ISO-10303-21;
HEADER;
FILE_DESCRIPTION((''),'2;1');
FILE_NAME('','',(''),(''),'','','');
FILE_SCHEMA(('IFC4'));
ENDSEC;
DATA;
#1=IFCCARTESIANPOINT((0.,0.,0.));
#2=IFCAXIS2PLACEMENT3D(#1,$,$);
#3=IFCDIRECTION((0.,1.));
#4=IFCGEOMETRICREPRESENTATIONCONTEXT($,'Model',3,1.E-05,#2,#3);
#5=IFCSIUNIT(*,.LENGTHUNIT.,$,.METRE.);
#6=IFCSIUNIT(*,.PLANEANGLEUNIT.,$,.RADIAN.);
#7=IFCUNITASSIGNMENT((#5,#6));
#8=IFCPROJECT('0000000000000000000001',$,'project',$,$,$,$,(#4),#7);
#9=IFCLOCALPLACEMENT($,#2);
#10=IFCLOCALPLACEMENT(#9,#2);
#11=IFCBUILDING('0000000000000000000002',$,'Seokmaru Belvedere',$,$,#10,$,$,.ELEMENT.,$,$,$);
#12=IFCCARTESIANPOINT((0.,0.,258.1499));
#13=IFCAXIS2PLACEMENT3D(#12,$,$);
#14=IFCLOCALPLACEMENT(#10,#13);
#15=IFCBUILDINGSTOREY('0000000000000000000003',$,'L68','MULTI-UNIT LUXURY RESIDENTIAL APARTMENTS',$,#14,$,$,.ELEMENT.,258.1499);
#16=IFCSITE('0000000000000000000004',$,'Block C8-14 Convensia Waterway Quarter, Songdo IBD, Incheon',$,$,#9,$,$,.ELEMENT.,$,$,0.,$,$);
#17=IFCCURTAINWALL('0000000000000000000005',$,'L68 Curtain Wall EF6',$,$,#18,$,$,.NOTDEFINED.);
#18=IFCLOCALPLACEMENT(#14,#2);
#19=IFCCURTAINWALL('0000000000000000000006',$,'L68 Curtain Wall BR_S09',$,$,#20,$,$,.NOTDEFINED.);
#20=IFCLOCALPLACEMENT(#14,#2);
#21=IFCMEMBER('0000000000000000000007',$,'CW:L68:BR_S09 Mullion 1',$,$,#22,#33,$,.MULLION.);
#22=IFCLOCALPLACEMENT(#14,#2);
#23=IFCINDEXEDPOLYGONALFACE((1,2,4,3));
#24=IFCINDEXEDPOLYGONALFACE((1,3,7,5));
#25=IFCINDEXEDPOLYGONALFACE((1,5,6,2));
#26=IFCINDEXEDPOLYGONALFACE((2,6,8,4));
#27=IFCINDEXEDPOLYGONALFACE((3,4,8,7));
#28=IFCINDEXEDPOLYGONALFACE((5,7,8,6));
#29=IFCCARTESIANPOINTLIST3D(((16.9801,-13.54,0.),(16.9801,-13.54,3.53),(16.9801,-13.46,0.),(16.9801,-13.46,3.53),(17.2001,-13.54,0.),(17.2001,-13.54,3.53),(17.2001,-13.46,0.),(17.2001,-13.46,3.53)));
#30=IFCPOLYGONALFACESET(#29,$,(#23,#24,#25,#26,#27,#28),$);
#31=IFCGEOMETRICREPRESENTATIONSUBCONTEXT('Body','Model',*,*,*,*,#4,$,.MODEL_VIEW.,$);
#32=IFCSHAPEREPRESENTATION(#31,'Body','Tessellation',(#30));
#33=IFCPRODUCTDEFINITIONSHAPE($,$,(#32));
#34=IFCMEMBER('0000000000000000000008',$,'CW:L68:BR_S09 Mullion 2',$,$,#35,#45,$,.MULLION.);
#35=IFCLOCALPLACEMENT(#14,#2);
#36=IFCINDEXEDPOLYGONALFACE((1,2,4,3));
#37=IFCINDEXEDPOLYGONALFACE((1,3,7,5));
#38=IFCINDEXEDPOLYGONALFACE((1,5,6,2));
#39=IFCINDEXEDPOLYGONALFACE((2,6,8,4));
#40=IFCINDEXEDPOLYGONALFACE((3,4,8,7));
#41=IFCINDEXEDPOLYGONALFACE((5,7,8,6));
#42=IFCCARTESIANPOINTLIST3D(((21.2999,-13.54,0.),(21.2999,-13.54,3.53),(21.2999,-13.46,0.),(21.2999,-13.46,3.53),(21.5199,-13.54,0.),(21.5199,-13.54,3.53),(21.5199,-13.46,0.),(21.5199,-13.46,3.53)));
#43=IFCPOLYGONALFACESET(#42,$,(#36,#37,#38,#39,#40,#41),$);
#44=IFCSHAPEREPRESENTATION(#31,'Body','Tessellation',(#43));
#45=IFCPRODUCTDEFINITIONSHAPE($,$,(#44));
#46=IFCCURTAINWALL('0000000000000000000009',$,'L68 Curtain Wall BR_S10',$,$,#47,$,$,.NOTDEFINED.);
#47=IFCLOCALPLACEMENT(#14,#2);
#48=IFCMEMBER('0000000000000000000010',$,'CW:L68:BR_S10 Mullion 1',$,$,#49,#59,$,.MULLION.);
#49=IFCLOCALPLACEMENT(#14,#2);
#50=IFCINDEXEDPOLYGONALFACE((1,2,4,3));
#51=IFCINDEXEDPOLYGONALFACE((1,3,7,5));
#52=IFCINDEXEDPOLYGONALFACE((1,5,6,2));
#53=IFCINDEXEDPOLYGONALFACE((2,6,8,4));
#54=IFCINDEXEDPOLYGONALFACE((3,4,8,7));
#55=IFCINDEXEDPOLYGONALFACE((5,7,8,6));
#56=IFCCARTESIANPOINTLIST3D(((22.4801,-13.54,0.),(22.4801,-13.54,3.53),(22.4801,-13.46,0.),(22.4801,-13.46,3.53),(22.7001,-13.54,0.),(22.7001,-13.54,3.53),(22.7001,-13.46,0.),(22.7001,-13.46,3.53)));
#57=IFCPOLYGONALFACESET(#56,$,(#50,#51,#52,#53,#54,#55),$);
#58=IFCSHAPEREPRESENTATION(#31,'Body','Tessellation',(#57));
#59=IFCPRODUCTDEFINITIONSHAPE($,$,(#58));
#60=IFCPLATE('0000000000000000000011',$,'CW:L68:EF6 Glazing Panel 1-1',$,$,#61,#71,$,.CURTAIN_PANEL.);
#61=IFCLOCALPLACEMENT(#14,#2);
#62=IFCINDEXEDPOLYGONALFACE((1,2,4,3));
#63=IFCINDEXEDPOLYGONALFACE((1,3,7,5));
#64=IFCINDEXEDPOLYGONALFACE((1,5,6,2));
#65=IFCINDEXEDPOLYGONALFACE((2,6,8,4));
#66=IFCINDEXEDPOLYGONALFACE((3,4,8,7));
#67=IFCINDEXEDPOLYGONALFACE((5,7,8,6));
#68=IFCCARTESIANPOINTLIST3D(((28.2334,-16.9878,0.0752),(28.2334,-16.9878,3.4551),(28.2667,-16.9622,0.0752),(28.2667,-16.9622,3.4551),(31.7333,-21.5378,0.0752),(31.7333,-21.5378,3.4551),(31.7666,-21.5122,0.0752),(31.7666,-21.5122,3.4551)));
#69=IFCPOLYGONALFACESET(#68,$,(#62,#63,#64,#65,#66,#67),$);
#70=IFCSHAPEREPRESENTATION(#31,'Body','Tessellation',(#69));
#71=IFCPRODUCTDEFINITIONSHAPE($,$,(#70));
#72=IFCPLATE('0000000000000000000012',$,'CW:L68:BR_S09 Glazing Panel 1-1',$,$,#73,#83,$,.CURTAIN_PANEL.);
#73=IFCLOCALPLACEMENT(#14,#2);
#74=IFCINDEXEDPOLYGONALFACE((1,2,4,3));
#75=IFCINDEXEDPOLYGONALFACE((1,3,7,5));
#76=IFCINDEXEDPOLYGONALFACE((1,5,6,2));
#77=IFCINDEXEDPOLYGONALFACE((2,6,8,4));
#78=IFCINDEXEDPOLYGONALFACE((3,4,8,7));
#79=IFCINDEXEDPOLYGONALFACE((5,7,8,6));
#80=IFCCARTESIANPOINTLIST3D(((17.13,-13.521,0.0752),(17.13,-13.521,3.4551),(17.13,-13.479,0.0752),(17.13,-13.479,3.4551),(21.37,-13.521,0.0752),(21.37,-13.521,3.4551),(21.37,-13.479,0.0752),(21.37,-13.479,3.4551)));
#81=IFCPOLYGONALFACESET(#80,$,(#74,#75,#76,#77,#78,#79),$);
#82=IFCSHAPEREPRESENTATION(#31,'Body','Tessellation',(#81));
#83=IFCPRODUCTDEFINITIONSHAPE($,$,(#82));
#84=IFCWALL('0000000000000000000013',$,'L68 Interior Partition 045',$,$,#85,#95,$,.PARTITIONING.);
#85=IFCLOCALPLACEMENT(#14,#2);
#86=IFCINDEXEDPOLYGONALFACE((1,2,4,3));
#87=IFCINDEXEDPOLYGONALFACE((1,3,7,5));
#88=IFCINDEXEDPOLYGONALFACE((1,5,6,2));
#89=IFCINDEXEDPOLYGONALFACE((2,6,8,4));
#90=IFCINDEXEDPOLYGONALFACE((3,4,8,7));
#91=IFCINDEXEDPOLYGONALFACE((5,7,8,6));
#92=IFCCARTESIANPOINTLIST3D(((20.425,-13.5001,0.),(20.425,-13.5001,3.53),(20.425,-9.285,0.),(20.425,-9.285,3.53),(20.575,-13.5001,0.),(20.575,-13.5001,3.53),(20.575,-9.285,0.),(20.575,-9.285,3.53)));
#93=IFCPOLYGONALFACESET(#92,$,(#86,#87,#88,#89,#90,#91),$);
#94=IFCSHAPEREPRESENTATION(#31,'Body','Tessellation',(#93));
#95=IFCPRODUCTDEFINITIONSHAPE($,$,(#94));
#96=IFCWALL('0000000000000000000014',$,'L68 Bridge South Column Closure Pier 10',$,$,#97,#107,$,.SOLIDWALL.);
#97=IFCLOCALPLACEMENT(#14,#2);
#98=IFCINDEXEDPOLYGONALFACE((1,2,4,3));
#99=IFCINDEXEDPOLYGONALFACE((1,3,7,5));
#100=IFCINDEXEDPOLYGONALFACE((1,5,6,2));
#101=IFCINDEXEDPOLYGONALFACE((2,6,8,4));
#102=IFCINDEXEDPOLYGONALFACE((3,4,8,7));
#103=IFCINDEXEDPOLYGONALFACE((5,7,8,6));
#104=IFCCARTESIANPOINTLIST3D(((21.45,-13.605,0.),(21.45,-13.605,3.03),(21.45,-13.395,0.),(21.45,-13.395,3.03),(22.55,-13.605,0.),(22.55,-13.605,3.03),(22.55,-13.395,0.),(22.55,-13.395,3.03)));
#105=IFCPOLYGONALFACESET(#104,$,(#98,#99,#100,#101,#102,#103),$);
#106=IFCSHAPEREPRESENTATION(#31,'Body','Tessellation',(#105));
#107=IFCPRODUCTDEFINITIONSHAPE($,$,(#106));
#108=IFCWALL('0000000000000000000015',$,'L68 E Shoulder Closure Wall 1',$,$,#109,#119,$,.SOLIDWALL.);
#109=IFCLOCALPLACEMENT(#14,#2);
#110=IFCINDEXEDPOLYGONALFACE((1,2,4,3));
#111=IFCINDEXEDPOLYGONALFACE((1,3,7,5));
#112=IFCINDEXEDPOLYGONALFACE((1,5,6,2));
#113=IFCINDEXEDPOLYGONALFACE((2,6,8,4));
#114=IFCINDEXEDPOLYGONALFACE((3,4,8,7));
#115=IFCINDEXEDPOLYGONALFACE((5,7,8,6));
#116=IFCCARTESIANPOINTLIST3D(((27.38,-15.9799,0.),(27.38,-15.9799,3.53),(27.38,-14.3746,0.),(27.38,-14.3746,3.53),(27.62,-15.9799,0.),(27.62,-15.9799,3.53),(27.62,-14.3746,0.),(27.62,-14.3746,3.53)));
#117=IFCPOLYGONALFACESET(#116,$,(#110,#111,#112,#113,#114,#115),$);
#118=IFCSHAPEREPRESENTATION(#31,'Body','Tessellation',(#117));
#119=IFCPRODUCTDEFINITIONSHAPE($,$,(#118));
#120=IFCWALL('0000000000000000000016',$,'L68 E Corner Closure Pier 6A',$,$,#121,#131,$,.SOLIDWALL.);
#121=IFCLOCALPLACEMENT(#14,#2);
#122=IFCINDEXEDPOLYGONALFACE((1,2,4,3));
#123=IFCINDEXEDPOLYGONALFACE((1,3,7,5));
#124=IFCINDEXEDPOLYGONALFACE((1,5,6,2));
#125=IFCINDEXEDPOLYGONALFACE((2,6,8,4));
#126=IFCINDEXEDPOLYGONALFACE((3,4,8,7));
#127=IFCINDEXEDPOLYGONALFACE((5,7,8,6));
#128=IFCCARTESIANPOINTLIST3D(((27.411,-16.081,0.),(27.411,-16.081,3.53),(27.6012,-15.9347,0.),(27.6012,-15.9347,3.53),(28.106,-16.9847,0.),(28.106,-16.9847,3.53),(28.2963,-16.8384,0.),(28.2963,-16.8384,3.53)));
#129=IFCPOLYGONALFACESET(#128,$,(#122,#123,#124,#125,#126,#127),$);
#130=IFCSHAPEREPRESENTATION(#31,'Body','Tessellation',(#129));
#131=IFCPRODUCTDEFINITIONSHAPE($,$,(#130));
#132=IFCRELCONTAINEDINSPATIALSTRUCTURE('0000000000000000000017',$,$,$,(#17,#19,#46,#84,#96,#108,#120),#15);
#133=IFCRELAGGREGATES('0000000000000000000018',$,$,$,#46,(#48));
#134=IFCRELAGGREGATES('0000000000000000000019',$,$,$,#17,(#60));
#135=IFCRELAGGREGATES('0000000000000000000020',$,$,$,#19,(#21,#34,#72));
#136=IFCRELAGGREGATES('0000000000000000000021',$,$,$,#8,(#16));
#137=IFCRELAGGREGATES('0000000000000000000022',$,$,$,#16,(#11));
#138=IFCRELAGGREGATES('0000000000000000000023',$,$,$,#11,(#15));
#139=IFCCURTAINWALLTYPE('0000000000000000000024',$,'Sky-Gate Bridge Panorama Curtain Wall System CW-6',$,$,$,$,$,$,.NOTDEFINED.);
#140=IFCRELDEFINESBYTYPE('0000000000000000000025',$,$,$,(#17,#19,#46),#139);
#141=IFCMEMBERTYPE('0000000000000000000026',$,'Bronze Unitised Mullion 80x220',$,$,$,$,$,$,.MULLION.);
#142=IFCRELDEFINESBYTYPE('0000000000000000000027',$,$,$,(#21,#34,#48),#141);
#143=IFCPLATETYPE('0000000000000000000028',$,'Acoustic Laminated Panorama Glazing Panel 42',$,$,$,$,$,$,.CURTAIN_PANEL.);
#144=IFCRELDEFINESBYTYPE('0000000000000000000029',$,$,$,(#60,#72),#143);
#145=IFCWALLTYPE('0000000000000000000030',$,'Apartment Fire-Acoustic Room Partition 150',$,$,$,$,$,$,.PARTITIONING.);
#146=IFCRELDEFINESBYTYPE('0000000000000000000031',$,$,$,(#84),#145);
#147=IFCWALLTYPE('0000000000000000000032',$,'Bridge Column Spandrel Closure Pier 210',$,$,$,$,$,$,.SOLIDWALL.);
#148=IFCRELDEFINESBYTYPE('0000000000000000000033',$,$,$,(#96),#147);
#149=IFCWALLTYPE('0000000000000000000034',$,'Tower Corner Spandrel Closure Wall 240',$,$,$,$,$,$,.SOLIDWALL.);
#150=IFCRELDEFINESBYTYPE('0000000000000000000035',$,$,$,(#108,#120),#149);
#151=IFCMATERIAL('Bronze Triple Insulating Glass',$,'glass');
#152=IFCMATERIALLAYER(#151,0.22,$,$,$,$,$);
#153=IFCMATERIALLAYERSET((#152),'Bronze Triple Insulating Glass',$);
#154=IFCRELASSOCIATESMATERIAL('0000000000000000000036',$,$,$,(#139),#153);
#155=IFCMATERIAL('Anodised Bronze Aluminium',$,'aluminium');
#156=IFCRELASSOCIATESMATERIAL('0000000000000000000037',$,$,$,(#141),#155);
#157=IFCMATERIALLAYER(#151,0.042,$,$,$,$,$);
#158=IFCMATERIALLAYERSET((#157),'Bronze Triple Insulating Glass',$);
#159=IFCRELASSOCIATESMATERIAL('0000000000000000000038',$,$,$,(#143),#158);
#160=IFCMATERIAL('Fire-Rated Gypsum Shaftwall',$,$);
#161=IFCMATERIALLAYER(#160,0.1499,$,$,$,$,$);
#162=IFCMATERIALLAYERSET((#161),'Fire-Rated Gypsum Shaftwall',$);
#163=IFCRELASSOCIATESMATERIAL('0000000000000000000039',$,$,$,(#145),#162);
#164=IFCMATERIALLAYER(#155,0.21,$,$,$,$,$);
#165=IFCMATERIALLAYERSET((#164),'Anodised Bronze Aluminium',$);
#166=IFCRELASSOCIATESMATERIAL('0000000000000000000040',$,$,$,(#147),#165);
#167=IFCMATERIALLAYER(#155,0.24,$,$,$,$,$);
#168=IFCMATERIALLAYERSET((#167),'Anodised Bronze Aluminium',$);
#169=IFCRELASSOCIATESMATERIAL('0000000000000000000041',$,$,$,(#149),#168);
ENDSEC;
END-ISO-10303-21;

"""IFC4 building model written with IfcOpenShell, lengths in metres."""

from ifc_helpers import new_model, si_unit, direction, frame, frame_2d, origin, origin_2d, place, context, subcontext, project, spatial, rectangle, extrude, source, transform, mapped, material, layer, layer_set, material_profile, profile_set, type_object, type_shapes, element, aggregate, save


model = new_model("IFC4")

# Units and contexts
model_context = context("Model", 3, precision=1e-05, world=origin(), true_north=direction((0.0, 1.0)))
body_context = subcontext(model_context, "Body", "Model", "MODEL_VIEW")
ifc_project = project(units=[si_unit("LENGTHUNIT", "METRE"), si_unit("PLANEANGLEUNIT", "RADIAN")], contexts=[model_context])

# Site, building, storey
site_placement = place(None, origin())
site = spatial("IfcSite", under=ifc_project, at=site_placement, Name="Block C8-14 Convensia Waterway Quarter, Songdo IBD, Incheon", CompositionType="ELEMENT", RefElevation=0.0)
building_placement = place(site_placement, origin())
building = spatial("IfcBuilding", under=site, at=building_placement, Name="Seokmaru Belvedere", CompositionType="ELEMENT")
storey_placement = place(building_placement, frame((0.0, 0.0, 258.1499)))
storey = spatial("IfcBuildingStorey", under=building, at=storey_placement, Name="L68", Description="MULTI-UNIT LUXURY RESIDENTIAL APARTMENTS", CompositionType="ELEMENT", Elevation=258.1499)

# Curtain walls
ifc_material_1 = material(Name="Bronze Triple Insulating Glass", Category="glass")
ifc_layer_1 = layer(ifc_material_1, 0.22)
ifc_layer_set_1 = layer_set([ifc_layer_1], Name="Bronze Triple Insulating Glass")
curtain_wall_type = type_object("IfcCurtainWallType", Name="Sky-Gate Bridge Panorama Curtain Wall System CW-6", PredefinedType="NOTDEFINED", material=ifc_layer_set_1)
curtain_wall_1_placement = place(storey_placement, origin())
curtain_wall_1 = element("IfcCurtainWall", 1, at=curtain_wall_1_placement, inside=storey, type_object=curtain_wall_type, Name="L68 Curtain Wall EF6", PredefinedType="NOTDEFINED")
ifc_material_2 = material(Name="Anodised Bronze Aluminium", Category="aluminium")
curtain_wall_2_placement = place(storey_placement, origin())
curtain_wall_2 = element("IfcCurtainWall", 2, at=curtain_wall_2_placement, inside=storey, type_object=curtain_wall_type, Name="L68 Curtain Wall BR_S09", PredefinedType="NOTDEFINED")

# Members
ifc_material_profile_1 = material_profile(ifc_material_2, rectangle(XDim=0.0801, YDim=0.22, at=origin_2d()), Name="CW-M-80x220")
ifc_profile_set_1 = profile_set([ifc_material_profile_1], Name="Anodised Bronze Aluminium")
member_type_1 = type_object("IfcMemberType", Name="Bronze Unitised Mullion 80x220", PredefinedType="MULLION", material=ifc_profile_set_1)
shared_shape_1 = source(origin(), body_context, "Body", "SweptSolid", [
    extrude(rectangle(XDim=0.0801, YDim=0.22, at=origin_2d()), origin(), (0.0, 0.0, 1.0), 3.53),
])
type_shapes(member_type_1, [shared_shape_1])
member_1_placement = place(storey_placement, frame((17.0901, -13.5, 0.0), z_axis=(0.0, 0.0, 1.0), x_axis=(0.0, 1.0, 0.0)))
member_1 = element("IfcMember", 3, at=member_1_placement, type_object=member_type_1, Name="CW:L68:BR_S09 Mullion 1", PredefinedType="MULLION", context=body_context, shape_type="MappedRepresentation", body=[
    mapped(shared_shape_1, transform((0.0, 0.0, 0.0), scale=1.0)),
])
member_2_placement = place(storey_placement, frame((21.4099, -13.5, 0.0), z_axis=(0.0, 0.0, 1.0), x_axis=(0.0, 1.0, 0.0)))
member_2 = element("IfcMember", 4, at=member_2_placement, type_object=member_type_1, Name="CW:L68:BR_S09 Mullion 2", PredefinedType="MULLION", context=body_context, shape_type="MappedRepresentation", body=[
    mapped(shared_shape_1, transform((0.0, 0.0, 0.0), scale=1.0)),
])

# Curtain wall, member
curtain_wall_3_placement = place(storey_placement, origin())
curtain_wall_3 = element("IfcCurtainWall", 5, at=curtain_wall_3_placement, inside=storey, type_object=curtain_wall_type, Name="L68 Curtain Wall BR_S10", PredefinedType="NOTDEFINED")
member_3_placement = place(storey_placement, frame((22.5901, -13.5, 0.0), z_axis=(0.0, 0.0, 1.0), x_axis=(0.0, 1.0, 0.0)))
member_3 = element("IfcMember", 6, at=member_3_placement, type_object=member_type_1, Name="CW:L68:BR_S10 Mullion 1", PredefinedType="MULLION", context=body_context, shape_type="MappedRepresentation", body=[
    mapped(shared_shape_1, transform((0.0, 0.0, 0.0), scale=1.0)),
])
aggregate(curtain_wall_3, [member_3])

# Plates
ifc_layer_2 = layer(ifc_material_1, 0.042)
ifc_layer_set_2 = layer_set([ifc_layer_2], Name="Bronze Triple Insulating Glass")
plate_type = type_object("IfcPlateType", Name="Acoustic Laminated Panorama Glazing Panel 42", PredefinedType="CURTAIN_PANEL", material=ifc_layer_set_2)
shared_shape_2 = source(origin(), body_context, "Body", "SweptSolid", [
    extrude(rectangle(XDim=5.7405, YDim=0.042, at=origin_2d()), origin(), (0.0, 0.0, 1.0), 3.3799),
])
plate_1_placement = place(storey_placement, frame((30.0, -19.25, 0.0752), z_axis=(0.0, 0.0, 1.0), x_axis=(0.609701, -0.792631, 0.0)))
plate_1 = element("IfcPlate", 7, at=plate_1_placement, type_object=plate_type, Name="CW:L68:EF6 Glazing Panel 1-1", PredefinedType="CURTAIN_PANEL", context=body_context, shape_type="MappedRepresentation", body=[
    mapped(shared_shape_2, transform((0.0, 0.0, 0.0), scale=1.0)),
])
aggregate(curtain_wall_1, [plate_1])
shared_shape_3 = source(origin(), body_context, "Body", "SweptSolid", [
    extrude(rectangle(XDim=4.24, YDim=0.042, at=origin_2d()), origin(), (0.0, 0.0, 1.0), 3.3799),
])
type_shapes(plate_type, [shared_shape_2, shared_shape_3])
plate_2_placement = place(storey_placement, frame((19.25, -13.5, 0.0752), z_axis=(0.0, 0.0, 1.0), x_axis=(1.0, 0.0, 0.0)))
plate_2 = element("IfcPlate", 8, at=plate_2_placement, type_object=plate_type, Name="CW:L68:BR_S09 Glazing Panel 1-1", PredefinedType="CURTAIN_PANEL", context=body_context, shape_type="MappedRepresentation", body=[
    mapped(shared_shape_3, transform((0.0, 0.0, 0.0), scale=1.0)),
])
aggregate(curtain_wall_2, [member_1, member_2, plate_2])

# Walls
ifc_material_3 = material(Name="Fire-Rated Gypsum Shaftwall")
ifc_layer_3 = layer(ifc_material_3, 0.1499)
ifc_layer_set_3 = layer_set([ifc_layer_3], Name="Fire-Rated Gypsum Shaftwall")
wall_type_1 = type_object("IfcWallType", Name="Apartment Fire-Acoustic Room Partition 150", PredefinedType="PARTITIONING", material=ifc_layer_set_3)
wall_1_placement = place(storey_placement, frame((20.5, -13.5, 0.0), z_axis=(0.0, 0.0, 1.0), x_axis=(0.0, 1.0, 0.0)))
element("IfcWall", 9, at=wall_1_placement, inside=storey, type_object=wall_type_1, Name="L68 Interior Partition 045", PredefinedType="PARTITIONING", context=body_context, shape_type="SweptSolid", body=[
    extrude(rectangle(XDim=4.2151, YDim=0.1499, at=frame_2d((2.1074, 0.0))), origin(), (0.0, 0.0, 1.0), 3.53),
])
ifc_layer_4 = layer(ifc_material_2, 0.21)
ifc_layer_set_4 = layer_set([ifc_layer_4], Name="Anodised Bronze Aluminium")
wall_type_2 = type_object("IfcWallType", Name="Bridge Column Spandrel Closure Pier 210", PredefinedType="SOLIDWALL", material=ifc_layer_set_4)
wall_2_placement = place(storey_placement, frame((21.45, -13.5, 0.0), z_axis=(0.0, 0.0, 1.0), x_axis=(1.0, 0.0, 0.0)))
element("IfcWall", 10, at=wall_2_placement, inside=storey, type_object=wall_type_2, Name="L68 Bridge South Column Closure Pier 10", PredefinedType="SOLIDWALL", context=body_context, shape_type="SweptSolid", body=[
    extrude(rectangle(XDim=1.1001, YDim=0.21, at=frame_2d((0.55, 0.0))), origin(), (0.0, 0.0, 1.0), 3.03),
])
ifc_layer_5 = layer(ifc_material_2, 0.24)
ifc_layer_set_5 = layer_set([ifc_layer_5], Name="Anodised Bronze Aluminium")
wall_type_3 = type_object("IfcWallType", Name="Tower Corner Spandrel Closure Wall 240", PredefinedType="SOLIDWALL", material=ifc_layer_set_5)
wall_3_placement = place(storey_placement, frame((27.5, -15.98, 0.0), z_axis=(0.0, 0.0, 1.0), x_axis=(0.0, 1.0, 0.0)))
element("IfcWall", 11, at=wall_3_placement, inside=storey, type_object=wall_type_3, Name="L68 E Shoulder Closure Wall 1", PredefinedType="SOLIDWALL", context=body_context, shape_type="SweptSolid", body=[
    extrude(rectangle(XDim=1.6052, YDim=0.24, at=frame_2d((0.8027, 0.0))), origin(), (0.0, 0.0, 1.0), 3.53),
])
wall_4_placement = place(storey_placement, frame((27.5061, -16.0078, 0.0), z_axis=(0.0, 0.0, 1.0), x_axis=(0.609618, -0.792696, 0.0)))
element("IfcWall", 12, at=wall_4_placement, inside=storey, type_object=wall_type_3, Name="L68 E Corner Closure Pier 6A", PredefinedType="SOLIDWALL", context=body_context, shape_type="SweptSolid", body=[
    extrude(rectangle(XDim=1.1401, YDim=0.24, at=frame_2d((0.5701, 0.0))), origin(), (0.0, 0.0, 1.0), 3.53),
])

save(model, "model.ifc")
